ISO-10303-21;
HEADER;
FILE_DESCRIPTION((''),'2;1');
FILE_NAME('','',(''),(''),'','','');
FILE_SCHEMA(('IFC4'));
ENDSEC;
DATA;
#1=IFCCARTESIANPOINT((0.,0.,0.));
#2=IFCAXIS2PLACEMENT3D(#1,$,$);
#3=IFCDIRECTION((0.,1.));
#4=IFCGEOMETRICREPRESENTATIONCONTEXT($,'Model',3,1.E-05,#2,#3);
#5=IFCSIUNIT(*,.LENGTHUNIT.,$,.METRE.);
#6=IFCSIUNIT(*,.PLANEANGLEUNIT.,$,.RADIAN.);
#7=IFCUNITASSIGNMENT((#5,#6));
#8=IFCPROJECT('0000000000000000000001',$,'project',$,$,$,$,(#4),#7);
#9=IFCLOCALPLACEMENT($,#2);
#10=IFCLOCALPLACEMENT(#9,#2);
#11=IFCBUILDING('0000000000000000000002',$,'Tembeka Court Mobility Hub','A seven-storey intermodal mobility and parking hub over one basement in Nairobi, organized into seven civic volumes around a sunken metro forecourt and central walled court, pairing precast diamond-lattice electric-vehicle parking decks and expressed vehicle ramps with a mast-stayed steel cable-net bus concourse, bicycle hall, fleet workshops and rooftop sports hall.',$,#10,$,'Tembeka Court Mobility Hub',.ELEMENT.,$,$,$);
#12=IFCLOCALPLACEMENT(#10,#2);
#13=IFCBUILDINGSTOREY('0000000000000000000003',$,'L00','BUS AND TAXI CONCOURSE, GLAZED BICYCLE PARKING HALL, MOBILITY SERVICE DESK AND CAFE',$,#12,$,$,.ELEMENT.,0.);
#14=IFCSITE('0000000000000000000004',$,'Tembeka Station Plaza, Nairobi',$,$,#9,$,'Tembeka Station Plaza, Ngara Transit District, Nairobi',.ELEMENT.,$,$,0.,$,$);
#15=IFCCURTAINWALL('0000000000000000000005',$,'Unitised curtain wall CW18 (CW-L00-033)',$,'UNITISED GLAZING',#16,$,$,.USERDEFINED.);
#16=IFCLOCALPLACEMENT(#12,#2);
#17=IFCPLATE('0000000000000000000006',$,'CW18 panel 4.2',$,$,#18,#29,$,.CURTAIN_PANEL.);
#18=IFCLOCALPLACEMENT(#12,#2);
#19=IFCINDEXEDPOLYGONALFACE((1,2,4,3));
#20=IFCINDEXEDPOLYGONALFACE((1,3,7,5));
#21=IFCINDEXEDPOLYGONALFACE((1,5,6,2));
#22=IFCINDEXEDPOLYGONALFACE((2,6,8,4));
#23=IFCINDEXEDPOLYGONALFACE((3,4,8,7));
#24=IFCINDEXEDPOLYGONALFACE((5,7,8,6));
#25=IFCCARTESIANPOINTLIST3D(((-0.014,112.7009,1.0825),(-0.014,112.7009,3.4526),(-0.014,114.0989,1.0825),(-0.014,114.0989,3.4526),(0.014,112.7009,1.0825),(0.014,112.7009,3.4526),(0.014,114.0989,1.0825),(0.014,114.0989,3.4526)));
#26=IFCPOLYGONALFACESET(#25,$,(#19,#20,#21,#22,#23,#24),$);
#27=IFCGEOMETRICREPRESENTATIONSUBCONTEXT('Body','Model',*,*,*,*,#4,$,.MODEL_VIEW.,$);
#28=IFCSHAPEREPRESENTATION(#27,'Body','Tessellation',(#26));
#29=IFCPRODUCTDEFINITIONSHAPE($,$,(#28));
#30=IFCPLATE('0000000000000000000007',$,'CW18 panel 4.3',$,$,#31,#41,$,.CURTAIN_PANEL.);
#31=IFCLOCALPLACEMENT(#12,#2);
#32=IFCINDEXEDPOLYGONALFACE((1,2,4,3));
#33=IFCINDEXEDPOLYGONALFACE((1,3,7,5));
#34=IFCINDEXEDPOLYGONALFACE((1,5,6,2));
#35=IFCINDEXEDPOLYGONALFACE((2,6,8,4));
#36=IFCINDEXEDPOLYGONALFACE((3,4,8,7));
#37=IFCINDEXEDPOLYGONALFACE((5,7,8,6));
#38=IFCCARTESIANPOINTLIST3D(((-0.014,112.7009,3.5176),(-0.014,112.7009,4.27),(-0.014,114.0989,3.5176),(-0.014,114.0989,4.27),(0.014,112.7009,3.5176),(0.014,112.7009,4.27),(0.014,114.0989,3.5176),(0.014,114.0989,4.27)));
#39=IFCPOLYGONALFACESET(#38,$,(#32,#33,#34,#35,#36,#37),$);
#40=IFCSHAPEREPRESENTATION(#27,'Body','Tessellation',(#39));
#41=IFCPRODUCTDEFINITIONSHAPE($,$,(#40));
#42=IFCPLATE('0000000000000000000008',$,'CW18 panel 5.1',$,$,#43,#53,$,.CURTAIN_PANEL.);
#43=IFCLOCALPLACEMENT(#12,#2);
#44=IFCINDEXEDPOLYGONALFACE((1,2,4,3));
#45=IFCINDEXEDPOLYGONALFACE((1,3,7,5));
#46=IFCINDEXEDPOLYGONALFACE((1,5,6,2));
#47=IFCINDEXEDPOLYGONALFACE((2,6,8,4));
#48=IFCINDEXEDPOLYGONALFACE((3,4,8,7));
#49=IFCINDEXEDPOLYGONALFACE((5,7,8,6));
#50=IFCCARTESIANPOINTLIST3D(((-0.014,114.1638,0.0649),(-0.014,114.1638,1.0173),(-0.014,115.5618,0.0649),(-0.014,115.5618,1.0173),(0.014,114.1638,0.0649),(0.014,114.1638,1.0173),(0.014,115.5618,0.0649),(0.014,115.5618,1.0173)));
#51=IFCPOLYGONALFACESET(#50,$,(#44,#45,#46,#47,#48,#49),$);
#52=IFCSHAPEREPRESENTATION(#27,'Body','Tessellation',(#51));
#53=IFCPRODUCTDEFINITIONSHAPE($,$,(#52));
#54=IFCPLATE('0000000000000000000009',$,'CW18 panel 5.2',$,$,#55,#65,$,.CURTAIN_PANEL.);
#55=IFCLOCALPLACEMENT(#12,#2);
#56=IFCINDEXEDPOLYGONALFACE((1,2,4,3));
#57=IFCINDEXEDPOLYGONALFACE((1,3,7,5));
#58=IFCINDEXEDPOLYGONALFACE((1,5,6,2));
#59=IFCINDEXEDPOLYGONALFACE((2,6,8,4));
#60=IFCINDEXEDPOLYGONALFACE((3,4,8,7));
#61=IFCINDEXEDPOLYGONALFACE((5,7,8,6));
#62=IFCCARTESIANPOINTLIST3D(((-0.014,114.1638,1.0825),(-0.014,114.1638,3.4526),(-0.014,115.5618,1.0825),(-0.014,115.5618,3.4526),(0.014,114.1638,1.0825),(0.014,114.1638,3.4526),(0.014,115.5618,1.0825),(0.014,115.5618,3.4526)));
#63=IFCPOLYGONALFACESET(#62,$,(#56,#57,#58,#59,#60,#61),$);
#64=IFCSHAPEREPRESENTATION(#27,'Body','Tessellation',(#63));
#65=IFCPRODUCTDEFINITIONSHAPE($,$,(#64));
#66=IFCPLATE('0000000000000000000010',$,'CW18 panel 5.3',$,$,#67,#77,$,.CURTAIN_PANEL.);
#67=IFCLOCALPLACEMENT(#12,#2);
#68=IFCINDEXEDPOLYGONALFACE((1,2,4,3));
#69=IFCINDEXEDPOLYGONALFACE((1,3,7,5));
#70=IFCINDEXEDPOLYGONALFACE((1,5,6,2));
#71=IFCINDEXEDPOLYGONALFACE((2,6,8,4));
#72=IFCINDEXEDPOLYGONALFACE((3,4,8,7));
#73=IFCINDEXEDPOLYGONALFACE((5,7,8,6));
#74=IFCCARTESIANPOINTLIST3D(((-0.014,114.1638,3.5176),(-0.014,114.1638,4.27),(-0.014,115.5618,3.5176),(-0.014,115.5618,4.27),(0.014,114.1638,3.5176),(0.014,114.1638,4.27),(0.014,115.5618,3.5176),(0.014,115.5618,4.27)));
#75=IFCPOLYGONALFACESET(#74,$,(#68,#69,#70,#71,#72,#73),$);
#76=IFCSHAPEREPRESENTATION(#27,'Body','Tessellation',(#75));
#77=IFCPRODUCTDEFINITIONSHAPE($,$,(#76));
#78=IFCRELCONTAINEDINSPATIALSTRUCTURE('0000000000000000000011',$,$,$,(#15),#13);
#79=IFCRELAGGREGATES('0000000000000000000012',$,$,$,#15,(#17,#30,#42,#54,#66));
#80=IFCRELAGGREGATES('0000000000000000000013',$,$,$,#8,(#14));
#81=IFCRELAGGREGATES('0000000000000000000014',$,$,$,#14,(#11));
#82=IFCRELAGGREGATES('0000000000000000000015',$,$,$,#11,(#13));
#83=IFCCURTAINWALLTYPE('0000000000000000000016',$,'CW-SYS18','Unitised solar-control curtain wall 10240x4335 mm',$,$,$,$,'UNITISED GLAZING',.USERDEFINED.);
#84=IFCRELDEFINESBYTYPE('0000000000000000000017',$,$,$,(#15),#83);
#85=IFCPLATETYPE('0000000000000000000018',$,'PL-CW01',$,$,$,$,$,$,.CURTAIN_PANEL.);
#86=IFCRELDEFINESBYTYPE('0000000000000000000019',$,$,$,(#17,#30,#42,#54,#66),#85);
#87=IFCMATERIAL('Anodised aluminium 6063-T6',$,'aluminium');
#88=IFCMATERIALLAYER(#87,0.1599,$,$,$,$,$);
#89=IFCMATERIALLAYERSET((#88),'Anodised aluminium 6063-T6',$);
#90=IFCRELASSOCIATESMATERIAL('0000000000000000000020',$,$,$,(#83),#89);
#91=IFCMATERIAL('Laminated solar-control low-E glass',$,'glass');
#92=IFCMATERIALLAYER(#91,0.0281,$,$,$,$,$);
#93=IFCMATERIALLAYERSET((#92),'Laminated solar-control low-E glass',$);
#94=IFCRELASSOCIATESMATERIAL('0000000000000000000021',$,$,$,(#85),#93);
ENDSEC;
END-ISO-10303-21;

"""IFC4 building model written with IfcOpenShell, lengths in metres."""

from ifc_helpers import new_model, si_unit, direction, frame, origin, origin_2d, place, context, subcontext, project, spatial, rectangle, extrude, material, layer, layer_set, type_object, element, aggregate, save


model = new_model("IFC4")

# Units and contexts
model_context = context("Model", 3, precision=1e-05, world=origin(), true_north=direction((0.0, 1.0)))
body_context = subcontext(model_context, "Body", "Model", "MODEL_VIEW")
ifc_project = project(units=[si_unit("LENGTHUNIT", "METRE"), si_unit("PLANEANGLEUNIT", "RADIAN")], contexts=[model_context])

# Site, building, storey
site_placement = place(None, origin())
site = spatial("IfcSite", under=ifc_project, at=site_placement, Name="Tembeka Station Plaza, Nairobi", LongName="Tembeka Station Plaza, Ngara Transit District, Nairobi", CompositionType="ELEMENT", RefElevation=0.0)
building_placement = place(site_placement, origin())
building = spatial("IfcBuilding", under=site, at=building_placement, Name="Tembeka Court Mobility Hub", Description="A seven-storey intermodal mobility and parking hub over one basement in Nairobi, organized into seven civic volumes around a sunken metro forecourt and central walled court, pairing precast diamond-lattice electric-vehicle parking decks and expressed vehicle ramps with a mast-stayed steel cable-net bus concourse, bicycle hall, fleet workshops and rooftop sports hall.", LongName="Tembeka Court Mobility Hub", CompositionType="ELEMENT")
storey_placement = place(building_placement, origin())
storey = spatial("IfcBuildingStorey", under=building, at=storey_placement, Name="L00", Description="BUS AND TAXI CONCOURSE, GLAZED BICYCLE PARKING HALL, MOBILITY SERVICE DESK AND CAFE", CompositionType="ELEMENT", Elevation=0.0)

# Curtain wall, plates
ifc_material_1 = material(Name="Anodised aluminium 6063-T6", Category="aluminium")
ifc_layer_1 = layer(ifc_material_1, 0.1599)
ifc_layer_set_1 = layer_set([ifc_layer_1], Name="Anodised aluminium 6063-T6")
curtain_wall_type = type_object("IfcCurtainWallType", Name="CW-SYS18", Description="Unitised solar-control curtain wall 10240x4335 mm", ElementType="UNITISED GLAZING", PredefinedType="USERDEFINED", material=ifc_layer_set_1)
curtain_wall_placement = place(storey_placement, origin())
curtain_wall = element("IfcCurtainWall", 1, at=curtain_wall_placement, inside=storey, type_object=curtain_wall_type, Name="Unitised curtain wall CW18 (CW-L00-033)", ObjectType="UNITISED GLAZING", PredefinedType="USERDEFINED")
ifc_material_2 = material(Name="Laminated solar-control low-E glass", Category="glass")
ifc_layer_2 = layer(ifc_material_2, 0.0281)
ifc_layer_set_2 = layer_set([ifc_layer_2], Name="Laminated solar-control low-E glass")
plate_type = type_object("IfcPlateType", Name="PL-CW01", PredefinedType="CURTAIN_PANEL", material=ifc_layer_set_2)
plate_1_placement = place(storey_placement, frame((0.0, 113.3999, 1.0825), z_axis=(0.0, 0.0, 1.0), x_axis=(0.0, 1.0, 0.0)))
plate_1 = element("IfcPlate", 2, at=plate_1_placement, type_object=plate_type, Name="CW18 panel 4.2", PredefinedType="CURTAIN_PANEL", context=body_context, shape_type="SweptSolid", body=[
    extrude(rectangle(XDim=1.3979, YDim=0.0281, at=origin_2d()), origin(), (0.0, 0.0, 1.0), 2.3701),
])
plate_2_placement = place(storey_placement, frame((0.0, 113.3999, 3.5176), z_axis=(0.0, 0.0, 1.0), x_axis=(0.0, 1.0, 0.0)))
plate_2 = element("IfcPlate", 3, at=plate_2_placement, type_object=plate_type, Name="CW18 panel 4.3", PredefinedType="CURTAIN_PANEL", context=body_context, shape_type="SweptSolid", body=[
    extrude(rectangle(XDim=1.3979, YDim=0.0281, at=origin_2d()), origin(), (0.0, 0.0, 1.0), 0.7524),
])
plate_3_placement = place(storey_placement, frame((0.0, 114.8628, 0.0649), z_axis=(0.0, 0.0, 1.0), x_axis=(0.0, 1.0, 0.0)))
plate_3 = element("IfcPlate", 4, at=plate_3_placement, type_object=plate_type, Name="CW18 panel 5.1", PredefinedType="CURTAIN_PANEL", context=body_context, shape_type="SweptSolid", body=[
    extrude(rectangle(XDim=1.3979, YDim=0.0281, at=origin_2d()), origin(), (0.0, 0.0, 1.0), 0.9524),
])
plate_4_placement = place(storey_placement, frame((0.0, 114.8628, 1.0825), z_axis=(0.0, 0.0, 1.0), x_axis=(0.0, 1.0, 0.0)))
plate_4 = element("IfcPlate", 5, at=plate_4_placement, type_object=plate_type, Name="CW18 panel 5.2", PredefinedType="CURTAIN_PANEL", context=body_context, shape_type="SweptSolid", body=[
    extrude(rectangle(XDim=1.3979, YDim=0.0281, at=origin_2d()), origin(), (0.0, 0.0, 1.0), 2.3701),
])
plate_5_placement = place(storey_placement, frame((0.0, 114.8628, 3.5176), z_axis=(0.0, 0.0, 1.0), x_axis=(0.0, 1.0, 0.0)))
plate_5 = element("IfcPlate", 6, at=plate_5_placement, type_object=plate_type, Name="CW18 panel 5.3", PredefinedType="CURTAIN_PANEL", context=body_context, shape_type="SweptSolid", body=[
    extrude(rectangle(XDim=1.3979, YDim=0.0281, at=origin_2d()), origin(), (0.0, 0.0, 1.0), 0.7524),
])
aggregate(curtain_wall, [plate_1, plate_2, plate_3, plate_4, plate_5])

save(model, "model.ifc")
